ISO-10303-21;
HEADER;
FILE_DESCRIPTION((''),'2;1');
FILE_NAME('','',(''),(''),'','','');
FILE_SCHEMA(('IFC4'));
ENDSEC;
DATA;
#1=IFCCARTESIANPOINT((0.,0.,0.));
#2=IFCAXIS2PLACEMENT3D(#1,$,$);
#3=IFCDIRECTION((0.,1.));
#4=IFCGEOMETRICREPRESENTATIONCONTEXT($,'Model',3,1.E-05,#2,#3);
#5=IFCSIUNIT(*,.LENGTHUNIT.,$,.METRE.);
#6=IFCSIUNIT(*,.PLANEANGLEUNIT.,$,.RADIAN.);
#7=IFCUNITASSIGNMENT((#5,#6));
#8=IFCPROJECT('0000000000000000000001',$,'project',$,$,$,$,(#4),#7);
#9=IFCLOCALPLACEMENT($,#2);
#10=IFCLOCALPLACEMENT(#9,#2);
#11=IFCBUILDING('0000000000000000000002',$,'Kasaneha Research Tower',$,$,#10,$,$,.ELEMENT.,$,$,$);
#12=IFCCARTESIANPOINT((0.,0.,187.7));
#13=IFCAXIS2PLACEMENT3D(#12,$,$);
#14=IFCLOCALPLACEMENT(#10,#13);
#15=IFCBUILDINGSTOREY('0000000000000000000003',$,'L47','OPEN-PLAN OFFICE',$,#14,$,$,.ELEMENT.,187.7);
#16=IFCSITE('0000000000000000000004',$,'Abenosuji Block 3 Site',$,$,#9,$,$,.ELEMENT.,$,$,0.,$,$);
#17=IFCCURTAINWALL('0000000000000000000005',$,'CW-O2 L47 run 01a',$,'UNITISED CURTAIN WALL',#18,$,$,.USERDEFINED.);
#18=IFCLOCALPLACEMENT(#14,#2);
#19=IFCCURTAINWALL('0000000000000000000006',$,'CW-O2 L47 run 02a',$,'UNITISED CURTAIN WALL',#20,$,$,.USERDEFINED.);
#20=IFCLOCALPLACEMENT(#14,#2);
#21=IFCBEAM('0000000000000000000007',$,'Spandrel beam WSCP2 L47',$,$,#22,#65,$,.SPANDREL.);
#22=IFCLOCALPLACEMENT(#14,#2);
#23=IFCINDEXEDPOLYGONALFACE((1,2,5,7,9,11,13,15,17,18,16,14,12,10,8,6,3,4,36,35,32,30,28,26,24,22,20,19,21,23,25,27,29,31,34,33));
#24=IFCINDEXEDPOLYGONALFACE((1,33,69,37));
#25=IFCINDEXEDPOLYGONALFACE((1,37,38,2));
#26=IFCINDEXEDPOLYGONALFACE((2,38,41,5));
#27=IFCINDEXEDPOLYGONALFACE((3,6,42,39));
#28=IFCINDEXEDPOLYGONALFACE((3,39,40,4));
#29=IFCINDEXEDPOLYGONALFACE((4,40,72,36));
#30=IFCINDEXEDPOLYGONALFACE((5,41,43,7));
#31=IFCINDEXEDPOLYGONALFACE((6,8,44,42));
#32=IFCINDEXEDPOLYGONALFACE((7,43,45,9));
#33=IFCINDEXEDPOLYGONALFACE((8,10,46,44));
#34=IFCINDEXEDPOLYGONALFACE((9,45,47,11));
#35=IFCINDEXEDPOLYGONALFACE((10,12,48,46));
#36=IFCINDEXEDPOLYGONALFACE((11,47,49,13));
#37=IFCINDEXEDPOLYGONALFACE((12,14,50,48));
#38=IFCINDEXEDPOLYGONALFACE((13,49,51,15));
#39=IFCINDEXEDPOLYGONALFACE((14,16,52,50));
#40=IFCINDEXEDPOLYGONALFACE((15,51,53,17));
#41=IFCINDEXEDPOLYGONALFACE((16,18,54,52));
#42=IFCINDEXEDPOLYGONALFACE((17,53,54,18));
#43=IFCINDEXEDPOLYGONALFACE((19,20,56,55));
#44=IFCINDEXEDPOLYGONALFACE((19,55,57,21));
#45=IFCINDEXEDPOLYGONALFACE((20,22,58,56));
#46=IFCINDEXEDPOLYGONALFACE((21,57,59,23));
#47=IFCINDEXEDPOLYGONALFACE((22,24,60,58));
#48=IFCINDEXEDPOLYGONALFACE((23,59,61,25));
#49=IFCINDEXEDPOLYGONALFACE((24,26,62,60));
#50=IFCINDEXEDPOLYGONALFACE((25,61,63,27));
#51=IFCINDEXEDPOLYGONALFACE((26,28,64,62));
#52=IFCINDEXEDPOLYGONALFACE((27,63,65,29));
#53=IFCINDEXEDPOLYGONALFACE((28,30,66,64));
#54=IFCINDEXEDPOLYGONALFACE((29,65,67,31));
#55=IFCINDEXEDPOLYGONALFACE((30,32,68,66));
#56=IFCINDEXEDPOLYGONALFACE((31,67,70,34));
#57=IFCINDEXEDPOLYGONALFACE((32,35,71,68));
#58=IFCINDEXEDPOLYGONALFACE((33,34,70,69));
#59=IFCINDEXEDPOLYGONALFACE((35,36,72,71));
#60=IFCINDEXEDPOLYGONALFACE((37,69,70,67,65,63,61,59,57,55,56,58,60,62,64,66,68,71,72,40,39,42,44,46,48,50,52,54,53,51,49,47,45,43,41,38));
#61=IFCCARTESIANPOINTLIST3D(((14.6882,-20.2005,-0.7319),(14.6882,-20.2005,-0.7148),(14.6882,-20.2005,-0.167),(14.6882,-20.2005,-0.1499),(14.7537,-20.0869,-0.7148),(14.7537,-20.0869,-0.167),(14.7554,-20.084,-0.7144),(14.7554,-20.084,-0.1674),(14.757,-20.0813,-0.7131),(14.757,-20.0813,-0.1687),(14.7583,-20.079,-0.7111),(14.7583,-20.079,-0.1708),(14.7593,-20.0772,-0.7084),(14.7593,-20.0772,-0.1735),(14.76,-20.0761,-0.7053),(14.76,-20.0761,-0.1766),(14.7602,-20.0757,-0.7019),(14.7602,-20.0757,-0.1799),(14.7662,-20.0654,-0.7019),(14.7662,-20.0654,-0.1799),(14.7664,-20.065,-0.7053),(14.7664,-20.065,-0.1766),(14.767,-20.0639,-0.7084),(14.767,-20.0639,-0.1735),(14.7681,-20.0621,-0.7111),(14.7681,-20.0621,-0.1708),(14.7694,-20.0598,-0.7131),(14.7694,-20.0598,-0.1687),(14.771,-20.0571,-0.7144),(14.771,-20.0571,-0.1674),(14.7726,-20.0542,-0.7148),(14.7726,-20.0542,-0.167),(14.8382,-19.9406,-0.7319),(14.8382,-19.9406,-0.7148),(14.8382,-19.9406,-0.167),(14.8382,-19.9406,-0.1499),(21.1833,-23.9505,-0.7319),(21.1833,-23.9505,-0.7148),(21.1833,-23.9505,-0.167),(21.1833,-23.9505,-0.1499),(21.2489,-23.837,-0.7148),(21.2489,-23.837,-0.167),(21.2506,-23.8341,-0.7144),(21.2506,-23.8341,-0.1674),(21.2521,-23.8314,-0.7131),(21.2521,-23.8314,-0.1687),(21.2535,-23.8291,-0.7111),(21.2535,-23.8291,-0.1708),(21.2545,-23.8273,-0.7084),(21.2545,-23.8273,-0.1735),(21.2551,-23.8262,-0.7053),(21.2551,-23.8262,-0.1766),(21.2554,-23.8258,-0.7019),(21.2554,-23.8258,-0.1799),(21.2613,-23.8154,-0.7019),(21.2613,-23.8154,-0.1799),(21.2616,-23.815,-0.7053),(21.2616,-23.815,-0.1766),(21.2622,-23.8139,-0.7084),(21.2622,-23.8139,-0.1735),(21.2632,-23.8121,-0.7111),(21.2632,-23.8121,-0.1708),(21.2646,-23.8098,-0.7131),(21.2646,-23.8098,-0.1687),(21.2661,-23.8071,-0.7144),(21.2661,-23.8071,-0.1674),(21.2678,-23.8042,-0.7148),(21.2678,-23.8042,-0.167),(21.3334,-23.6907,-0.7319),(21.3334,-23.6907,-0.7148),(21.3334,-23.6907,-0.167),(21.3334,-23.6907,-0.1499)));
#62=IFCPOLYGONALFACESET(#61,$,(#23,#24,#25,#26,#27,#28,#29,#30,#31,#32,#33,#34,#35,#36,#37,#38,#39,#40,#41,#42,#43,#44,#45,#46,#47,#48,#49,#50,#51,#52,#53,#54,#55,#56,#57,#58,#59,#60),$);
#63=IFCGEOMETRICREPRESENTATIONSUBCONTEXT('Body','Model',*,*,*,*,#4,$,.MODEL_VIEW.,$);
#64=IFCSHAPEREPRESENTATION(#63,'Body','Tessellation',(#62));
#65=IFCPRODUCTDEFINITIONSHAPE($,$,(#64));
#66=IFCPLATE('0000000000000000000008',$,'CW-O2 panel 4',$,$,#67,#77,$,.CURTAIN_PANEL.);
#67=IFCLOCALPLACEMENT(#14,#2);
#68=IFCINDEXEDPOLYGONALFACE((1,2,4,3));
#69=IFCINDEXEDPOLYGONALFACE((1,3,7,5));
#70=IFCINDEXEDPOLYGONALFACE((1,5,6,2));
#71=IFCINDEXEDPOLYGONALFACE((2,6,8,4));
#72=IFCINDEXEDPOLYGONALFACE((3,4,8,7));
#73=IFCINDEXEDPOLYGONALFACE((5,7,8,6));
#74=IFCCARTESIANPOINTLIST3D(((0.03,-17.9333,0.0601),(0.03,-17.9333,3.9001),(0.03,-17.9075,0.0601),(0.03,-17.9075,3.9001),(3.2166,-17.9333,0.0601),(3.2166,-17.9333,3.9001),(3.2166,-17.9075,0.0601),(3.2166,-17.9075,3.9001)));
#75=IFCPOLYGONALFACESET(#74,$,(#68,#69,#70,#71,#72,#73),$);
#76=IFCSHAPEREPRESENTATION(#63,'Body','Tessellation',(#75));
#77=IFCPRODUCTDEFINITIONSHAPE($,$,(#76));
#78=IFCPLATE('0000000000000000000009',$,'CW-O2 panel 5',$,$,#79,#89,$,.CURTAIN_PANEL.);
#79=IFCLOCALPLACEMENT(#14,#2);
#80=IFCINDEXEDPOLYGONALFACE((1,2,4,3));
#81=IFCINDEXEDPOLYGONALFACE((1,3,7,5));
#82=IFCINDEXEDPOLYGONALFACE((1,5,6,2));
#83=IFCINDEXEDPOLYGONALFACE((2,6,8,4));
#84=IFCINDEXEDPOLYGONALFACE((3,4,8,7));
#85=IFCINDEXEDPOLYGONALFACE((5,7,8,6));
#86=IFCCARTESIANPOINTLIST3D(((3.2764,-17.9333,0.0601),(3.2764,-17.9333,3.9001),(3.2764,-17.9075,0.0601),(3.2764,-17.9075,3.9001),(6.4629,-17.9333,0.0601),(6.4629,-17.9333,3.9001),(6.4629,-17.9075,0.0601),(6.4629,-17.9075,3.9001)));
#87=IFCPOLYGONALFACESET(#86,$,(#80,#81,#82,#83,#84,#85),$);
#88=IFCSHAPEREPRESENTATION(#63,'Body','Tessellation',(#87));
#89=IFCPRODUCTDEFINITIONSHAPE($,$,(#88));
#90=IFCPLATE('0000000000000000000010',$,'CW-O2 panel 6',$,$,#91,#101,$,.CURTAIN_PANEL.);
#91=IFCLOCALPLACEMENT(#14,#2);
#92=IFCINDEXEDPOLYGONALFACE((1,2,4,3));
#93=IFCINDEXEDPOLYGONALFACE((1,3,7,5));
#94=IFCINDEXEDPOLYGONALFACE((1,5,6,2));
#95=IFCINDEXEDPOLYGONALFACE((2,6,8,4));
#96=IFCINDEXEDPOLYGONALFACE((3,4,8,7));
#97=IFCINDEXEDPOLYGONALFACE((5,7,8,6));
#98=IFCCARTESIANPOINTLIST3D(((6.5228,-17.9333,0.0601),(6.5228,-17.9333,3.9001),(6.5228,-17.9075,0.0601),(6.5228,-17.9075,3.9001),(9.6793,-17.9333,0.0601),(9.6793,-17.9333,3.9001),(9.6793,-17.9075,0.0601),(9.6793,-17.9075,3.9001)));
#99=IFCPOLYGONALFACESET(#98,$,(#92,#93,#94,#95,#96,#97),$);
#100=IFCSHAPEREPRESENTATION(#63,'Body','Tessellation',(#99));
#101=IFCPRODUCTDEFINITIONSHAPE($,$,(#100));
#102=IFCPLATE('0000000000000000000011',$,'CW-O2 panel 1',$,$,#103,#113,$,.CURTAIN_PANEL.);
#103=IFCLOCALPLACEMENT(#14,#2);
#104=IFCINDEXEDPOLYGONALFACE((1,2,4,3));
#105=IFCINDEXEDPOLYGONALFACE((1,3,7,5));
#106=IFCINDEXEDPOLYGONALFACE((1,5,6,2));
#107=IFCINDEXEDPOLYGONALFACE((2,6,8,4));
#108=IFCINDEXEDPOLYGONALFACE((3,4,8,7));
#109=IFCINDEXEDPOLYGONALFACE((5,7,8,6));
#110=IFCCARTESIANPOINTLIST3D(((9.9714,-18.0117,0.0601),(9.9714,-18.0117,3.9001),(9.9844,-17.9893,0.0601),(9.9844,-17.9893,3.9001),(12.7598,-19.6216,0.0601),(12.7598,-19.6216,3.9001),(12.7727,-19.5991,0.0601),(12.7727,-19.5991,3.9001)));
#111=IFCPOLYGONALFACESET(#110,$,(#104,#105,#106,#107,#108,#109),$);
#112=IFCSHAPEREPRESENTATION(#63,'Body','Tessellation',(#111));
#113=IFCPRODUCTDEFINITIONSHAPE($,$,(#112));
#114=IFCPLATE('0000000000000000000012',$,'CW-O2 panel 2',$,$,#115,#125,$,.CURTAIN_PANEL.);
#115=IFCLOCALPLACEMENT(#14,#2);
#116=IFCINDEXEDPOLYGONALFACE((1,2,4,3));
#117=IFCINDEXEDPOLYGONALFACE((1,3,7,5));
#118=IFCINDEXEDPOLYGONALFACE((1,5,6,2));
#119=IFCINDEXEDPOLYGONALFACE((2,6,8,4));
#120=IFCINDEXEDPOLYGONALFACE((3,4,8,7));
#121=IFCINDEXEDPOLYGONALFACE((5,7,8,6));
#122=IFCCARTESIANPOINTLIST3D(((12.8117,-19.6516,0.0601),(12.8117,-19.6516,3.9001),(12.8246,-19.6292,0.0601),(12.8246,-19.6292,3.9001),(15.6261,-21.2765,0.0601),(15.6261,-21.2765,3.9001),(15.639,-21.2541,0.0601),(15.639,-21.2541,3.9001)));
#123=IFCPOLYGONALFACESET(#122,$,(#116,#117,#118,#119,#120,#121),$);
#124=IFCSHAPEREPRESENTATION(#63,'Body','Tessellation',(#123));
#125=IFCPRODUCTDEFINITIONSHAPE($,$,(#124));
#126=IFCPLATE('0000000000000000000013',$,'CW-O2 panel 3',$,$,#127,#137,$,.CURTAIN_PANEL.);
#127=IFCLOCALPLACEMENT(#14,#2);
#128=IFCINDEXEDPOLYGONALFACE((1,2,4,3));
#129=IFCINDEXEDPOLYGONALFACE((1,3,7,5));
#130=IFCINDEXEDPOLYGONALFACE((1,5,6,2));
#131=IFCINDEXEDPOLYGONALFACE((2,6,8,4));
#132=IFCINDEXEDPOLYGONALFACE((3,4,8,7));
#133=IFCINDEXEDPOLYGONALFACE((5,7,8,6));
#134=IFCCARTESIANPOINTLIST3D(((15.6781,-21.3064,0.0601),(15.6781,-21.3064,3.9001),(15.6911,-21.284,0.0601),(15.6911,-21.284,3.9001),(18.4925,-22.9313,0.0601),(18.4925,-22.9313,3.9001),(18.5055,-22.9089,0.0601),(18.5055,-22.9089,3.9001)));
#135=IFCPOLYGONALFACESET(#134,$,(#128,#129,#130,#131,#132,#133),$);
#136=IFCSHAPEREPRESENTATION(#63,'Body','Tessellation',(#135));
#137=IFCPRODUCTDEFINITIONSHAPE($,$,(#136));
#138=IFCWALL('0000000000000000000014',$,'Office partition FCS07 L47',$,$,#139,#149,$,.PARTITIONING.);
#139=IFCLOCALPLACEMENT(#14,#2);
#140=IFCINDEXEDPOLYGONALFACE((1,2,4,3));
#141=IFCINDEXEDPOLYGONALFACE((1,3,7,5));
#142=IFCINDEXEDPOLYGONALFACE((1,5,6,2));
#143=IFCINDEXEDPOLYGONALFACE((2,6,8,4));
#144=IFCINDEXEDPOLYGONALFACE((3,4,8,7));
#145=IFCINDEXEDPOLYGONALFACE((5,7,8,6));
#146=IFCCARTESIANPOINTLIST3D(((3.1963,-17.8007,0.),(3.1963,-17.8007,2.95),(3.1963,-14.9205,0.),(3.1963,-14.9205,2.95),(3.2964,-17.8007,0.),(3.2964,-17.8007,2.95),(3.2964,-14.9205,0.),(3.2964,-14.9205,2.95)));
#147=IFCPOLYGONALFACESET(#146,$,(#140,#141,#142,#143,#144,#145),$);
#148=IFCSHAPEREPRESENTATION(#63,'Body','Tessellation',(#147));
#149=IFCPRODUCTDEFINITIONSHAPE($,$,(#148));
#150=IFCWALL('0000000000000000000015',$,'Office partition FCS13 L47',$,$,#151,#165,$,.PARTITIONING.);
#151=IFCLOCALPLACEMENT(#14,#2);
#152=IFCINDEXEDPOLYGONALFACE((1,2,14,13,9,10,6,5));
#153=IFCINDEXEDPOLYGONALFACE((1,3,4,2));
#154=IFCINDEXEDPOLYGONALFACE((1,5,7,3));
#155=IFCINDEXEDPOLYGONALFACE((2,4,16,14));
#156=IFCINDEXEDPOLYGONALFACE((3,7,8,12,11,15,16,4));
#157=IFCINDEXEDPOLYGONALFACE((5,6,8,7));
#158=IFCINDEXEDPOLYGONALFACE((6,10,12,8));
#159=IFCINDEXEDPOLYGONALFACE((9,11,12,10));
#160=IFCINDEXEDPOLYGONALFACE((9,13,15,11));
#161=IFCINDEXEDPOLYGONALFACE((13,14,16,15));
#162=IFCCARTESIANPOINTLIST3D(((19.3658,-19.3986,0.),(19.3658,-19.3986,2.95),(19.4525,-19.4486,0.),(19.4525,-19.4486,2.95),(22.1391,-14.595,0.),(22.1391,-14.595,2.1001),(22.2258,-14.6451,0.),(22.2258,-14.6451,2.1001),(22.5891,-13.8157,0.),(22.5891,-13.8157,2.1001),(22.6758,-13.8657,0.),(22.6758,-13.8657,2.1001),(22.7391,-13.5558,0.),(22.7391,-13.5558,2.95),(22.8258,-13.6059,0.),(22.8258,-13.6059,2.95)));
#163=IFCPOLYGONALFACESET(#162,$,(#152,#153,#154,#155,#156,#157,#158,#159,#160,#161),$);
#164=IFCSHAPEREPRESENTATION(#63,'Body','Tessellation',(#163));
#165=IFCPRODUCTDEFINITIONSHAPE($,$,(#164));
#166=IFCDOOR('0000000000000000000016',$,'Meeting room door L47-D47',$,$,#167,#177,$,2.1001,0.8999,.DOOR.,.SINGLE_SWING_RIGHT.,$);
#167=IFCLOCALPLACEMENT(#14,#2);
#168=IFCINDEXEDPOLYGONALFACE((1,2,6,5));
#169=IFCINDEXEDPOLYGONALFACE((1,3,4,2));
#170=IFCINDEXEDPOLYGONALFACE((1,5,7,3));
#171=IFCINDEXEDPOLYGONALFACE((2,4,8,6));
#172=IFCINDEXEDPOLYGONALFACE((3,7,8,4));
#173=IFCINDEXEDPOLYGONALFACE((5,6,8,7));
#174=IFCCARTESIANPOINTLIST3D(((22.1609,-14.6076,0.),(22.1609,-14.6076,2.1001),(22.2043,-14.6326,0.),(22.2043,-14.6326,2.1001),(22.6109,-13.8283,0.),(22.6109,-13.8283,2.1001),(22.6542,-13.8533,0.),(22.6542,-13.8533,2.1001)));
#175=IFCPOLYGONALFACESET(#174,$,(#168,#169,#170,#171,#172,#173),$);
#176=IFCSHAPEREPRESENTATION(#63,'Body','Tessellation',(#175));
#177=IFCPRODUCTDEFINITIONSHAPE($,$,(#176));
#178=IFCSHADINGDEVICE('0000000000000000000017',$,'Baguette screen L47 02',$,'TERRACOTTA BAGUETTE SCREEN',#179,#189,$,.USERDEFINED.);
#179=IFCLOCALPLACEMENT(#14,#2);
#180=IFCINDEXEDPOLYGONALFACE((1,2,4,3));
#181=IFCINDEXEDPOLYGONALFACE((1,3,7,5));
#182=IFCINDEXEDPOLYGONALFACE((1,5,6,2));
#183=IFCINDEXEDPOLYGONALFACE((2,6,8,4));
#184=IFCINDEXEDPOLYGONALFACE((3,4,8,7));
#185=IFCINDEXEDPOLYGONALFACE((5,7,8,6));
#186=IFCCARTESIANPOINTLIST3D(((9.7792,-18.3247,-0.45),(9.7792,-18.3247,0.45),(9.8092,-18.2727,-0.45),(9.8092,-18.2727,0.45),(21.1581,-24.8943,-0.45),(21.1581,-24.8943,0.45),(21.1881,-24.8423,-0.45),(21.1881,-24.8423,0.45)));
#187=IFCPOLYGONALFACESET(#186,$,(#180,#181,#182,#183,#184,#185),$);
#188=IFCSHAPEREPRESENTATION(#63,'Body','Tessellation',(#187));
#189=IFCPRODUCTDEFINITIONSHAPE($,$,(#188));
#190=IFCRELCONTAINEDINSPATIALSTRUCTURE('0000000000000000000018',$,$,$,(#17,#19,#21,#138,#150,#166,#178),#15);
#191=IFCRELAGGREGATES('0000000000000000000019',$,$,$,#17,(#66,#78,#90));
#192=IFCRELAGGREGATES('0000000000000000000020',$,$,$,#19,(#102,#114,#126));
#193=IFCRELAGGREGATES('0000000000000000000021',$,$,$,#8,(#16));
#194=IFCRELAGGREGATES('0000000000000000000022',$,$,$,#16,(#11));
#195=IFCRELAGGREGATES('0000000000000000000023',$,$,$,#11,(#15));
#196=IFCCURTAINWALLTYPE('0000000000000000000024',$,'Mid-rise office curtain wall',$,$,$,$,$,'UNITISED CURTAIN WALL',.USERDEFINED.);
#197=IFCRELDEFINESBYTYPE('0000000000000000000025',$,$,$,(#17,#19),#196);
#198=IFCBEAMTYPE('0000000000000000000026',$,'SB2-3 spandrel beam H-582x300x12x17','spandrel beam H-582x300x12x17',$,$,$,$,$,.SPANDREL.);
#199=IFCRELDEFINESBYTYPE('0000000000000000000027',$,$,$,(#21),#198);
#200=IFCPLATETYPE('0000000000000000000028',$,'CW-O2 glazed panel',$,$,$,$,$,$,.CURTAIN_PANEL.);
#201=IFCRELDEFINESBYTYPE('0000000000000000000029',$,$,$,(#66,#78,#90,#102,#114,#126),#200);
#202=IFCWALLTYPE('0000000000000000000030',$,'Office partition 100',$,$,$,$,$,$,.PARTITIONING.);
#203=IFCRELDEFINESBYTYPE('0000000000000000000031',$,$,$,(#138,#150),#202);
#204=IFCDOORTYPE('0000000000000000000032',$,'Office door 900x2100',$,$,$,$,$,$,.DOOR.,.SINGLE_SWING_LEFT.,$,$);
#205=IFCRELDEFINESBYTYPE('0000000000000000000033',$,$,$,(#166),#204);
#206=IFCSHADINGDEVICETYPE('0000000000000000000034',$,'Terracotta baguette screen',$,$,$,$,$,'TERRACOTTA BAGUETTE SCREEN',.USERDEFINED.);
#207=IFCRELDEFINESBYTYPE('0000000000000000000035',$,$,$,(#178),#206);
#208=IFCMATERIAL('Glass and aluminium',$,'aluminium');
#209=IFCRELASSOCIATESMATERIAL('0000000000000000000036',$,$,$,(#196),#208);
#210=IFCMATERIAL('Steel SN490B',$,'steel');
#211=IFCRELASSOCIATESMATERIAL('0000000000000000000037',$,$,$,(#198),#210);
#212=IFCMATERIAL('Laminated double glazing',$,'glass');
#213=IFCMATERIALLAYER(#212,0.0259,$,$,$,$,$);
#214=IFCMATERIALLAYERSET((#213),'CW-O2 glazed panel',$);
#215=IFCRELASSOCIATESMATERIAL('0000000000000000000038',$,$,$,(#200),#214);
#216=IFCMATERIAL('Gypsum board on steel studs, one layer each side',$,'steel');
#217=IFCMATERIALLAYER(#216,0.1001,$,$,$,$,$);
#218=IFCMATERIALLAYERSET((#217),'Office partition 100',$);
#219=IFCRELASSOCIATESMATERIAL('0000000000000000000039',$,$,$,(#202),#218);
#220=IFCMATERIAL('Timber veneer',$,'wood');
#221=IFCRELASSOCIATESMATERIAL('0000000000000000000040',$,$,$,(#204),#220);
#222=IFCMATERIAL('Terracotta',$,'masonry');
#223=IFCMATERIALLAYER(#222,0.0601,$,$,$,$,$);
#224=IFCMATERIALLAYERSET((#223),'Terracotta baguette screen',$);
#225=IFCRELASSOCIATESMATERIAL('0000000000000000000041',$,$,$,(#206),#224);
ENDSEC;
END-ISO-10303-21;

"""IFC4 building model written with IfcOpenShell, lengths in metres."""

from ifc_helpers import new_model, si_unit, direction, frame, frame_2d, origin, origin_2d, place, context, subcontext, project, spatial, rectangle, i_section, extrude, material, layer, layer_set, material_profile, profile_set, type_object, element, fill, aggregate, save


model = new_model("IFC4")

# Units and contexts
model_context = context("Model", 3, precision=1e-05, world=origin(), true_north=direction((0.0, 1.0)))
body_context = subcontext(model_context, "Body", "Model", "MODEL_VIEW")
ifc_project = project(units=[si_unit("LENGTHUNIT", "METRE"), si_unit("PLANEANGLEUNIT", "RADIAN")], contexts=[model_context])

# Site, building, storey
site_placement = place(None, origin())
site = spatial("IfcSite", under=ifc_project, at=site_placement, Name="Abenosuji Block 3 Site", CompositionType="ELEMENT", RefElevation=0.0)
building_placement = place(site_placement, origin())
building = spatial("IfcBuilding", under=site, at=building_placement, Name="Kasaneha Research Tower", CompositionType="ELEMENT")
storey_placement = place(building_placement, frame((0.0, 0.0, 187.7)))
storey = spatial("IfcBuildingStorey", under=building, at=storey_placement, Name="L47", Description="OPEN-PLAN OFFICE", CompositionType="ELEMENT", Elevation=187.7)

# Curtain walls
ifc_material_1 = material(Name="Glass and aluminium", Category="aluminium")
curtain_wall_type = type_object("IfcCurtainWallType", Name="Mid-rise office curtain wall", ElementType="UNITISED CURTAIN WALL", PredefinedType="USERDEFINED", material=ifc_material_1)
curtain_wall_1_placement = place(storey_placement, origin())
curtain_wall_1 = element("IfcCurtainWall", 1, at=curtain_wall_1_placement, inside=storey, type_object=curtain_wall_type, Name="CW-O2 L47 run 01a", ObjectType="UNITISED CURTAIN WALL", PredefinedType="USERDEFINED")
curtain_wall_2_placement = place(storey_placement, origin())
curtain_wall_2 = element("IfcCurtainWall", 2, at=curtain_wall_2_placement, inside=storey, type_object=curtain_wall_type, Name="CW-O2 L47 run 02a", ObjectType="UNITISED CURTAIN WALL", PredefinedType="USERDEFINED")

# Beam
ifc_material_2 = material(Name="Steel SN490B", Category="steel")
ifc_material_profile_1 = material_profile(ifc_material_2, i_section(OverallWidth=0.3, OverallDepth=0.582, WebThickness=0.012, FlangeThickness=0.0171, FilletRadius=0.0129, at=origin_2d()), Name="H-582x300x12x17")
ifc_profile_set_1 = profile_set([ifc_material_profile_1], Name="Steel SN490B")
beam_type_1 = type_object("IfcBeamType", Name="SB2-3 spandrel beam H-582x300x12x17", Description="spandrel beam H-582x300x12x17", PredefinedType="SPANDREL", material=ifc_profile_set_1)
beam_1_placement = place(storey_placement, frame((14.7632, -20.0706, -0.4409), z_axis=(0.866023, -0.500004, 0.0), x_axis=(0.500004, 0.866023, 0.0)))
element("IfcBeam", 3, at=beam_1_placement, inside=storey, type_object=beam_type_1, Name="Spandrel beam WSCP2 L47", PredefinedType="SPANDREL", context=body_context, shape_type="SweptSolid", body=[
    extrude(i_section(OverallWidth=0.3, OverallDepth=0.582, WebThickness=0.012, FlangeThickness=0.0171, FilletRadius=0.0129, at=origin_2d()), origin(), (0.0, 0.0, 1.0), 7.5),
])

# Plates
ifc_material_3 = material(Name="Laminated double glazing", Category="glass")
ifc_layer_1 = layer(ifc_material_3, 0.0259)
ifc_layer_set_1 = layer_set([ifc_layer_1], Name="CW-O2 glazed panel")
plate_type = type_object("IfcPlateType", Name="CW-O2 glazed panel", PredefinedType="CURTAIN_PANEL", material=ifc_layer_set_1)
plate_1_placement = place(storey_placement, frame((1.6233, -17.9204, 0.0601), z_axis=(0.0, 0.0, 1.0), x_axis=(1.0, 0.0, 0.0)))
plate_1 = element("IfcPlate", 4, at=plate_1_placement, type_object=plate_type, Name="CW-O2 panel 4", PredefinedType="CURTAIN_PANEL", context=body_context, shape_type="SweptSolid", body=[
    extrude(rectangle(XDim=3.1865, YDim=0.0259, at=origin_2d()), origin(), (0.0, 0.0, 1.0), 3.8401),
])
plate_2_placement = place(storey_placement, frame((4.8696, -17.9204, 0.0601), z_axis=(0.0, 0.0, 1.0), x_axis=(1.0, 0.0, 0.0)))
plate_2 = element("IfcPlate", 5, at=plate_2_placement, type_object=plate_type, Name="CW-O2 panel 5", PredefinedType="CURTAIN_PANEL", context=body_context, shape_type="SweptSolid", body=[
    extrude(rectangle(XDim=3.1865, YDim=0.0259, at=origin_2d()), origin(), (0.0, 0.0, 1.0), 3.8401),
])
plate_3_placement = place(storey_placement, frame((8.1011, -17.9204, 0.0601), z_axis=(0.0, 0.0, 1.0), x_axis=(1.0, 0.0, 0.0)))
plate_3 = element("IfcPlate", 6, at=plate_3_placement, type_object=plate_type, Name="CW-O2 panel 6", PredefinedType="CURTAIN_PANEL", context=body_context, shape_type="SweptSolid", body=[
    extrude(rectangle(XDim=3.1565, YDim=0.0259, at=origin_2d()), origin(), (0.0, 0.0, 1.0), 3.8401),
])
aggregate(curtain_wall_1, [plate_1, plate_2, plate_3])
plate_4_placement = place(storey_placement, frame((11.3721, -18.8054, 0.0601), z_axis=(0.0, 0.0, 1.0), x_axis=(0.866025, -0.5, 0.0)))
plate_4 = element("IfcPlate", 7, at=plate_4_placement, type_object=plate_type, Name="CW-O2 panel 1", PredefinedType="CURTAIN_PANEL", context=body_context, shape_type="SweptSolid", body=[
    extrude(rectangle(XDim=3.2197, YDim=0.0259, at=origin_2d()), origin(), (0.0, 0.0, 1.0), 3.8401),
])
plate_5_placement = place(storey_placement, frame((14.2253, -20.4529, 0.0601), z_axis=(0.0, 0.0, 1.0), x_axis=(0.866025, -0.5, 0.0)))
plate_5 = element("IfcPlate", 8, at=plate_5_placement, type_object=plate_type, Name="CW-O2 panel 2", PredefinedType="CURTAIN_PANEL", context=body_context, shape_type="SweptSolid", body=[
    extrude(rectangle(XDim=3.2498, YDim=0.0259, at=origin_2d()), origin(), (0.0, 0.0, 1.0), 3.8401),
])
plate_6_placement = place(storey_placement, frame((17.0918, -22.1077, 0.0601), z_axis=(0.0, 0.0, 1.0), x_axis=(0.866025, -0.5, 0.0)))
plate_6 = element("IfcPlate", 9, at=plate_6_placement, type_object=plate_type, Name="CW-O2 panel 3", PredefinedType="CURTAIN_PANEL", context=body_context, shape_type="SweptSolid", body=[
    extrude(rectangle(XDim=3.2498, YDim=0.0259, at=origin_2d()), origin(), (0.0, 0.0, 1.0), 3.8401),
])
aggregate(curtain_wall_2, [plate_4, plate_5, plate_6])

# Wall
ifc_material_4 = material(Name="Gypsum board on steel studs, one layer each side", Category="steel")
ifc_layer_2 = layer(ifc_material_4, 0.1001)
ifc_layer_set_2 = layer_set([ifc_layer_2], Name="Office partition 100")
wall_type = type_object("IfcWallType", Name="Office partition 100", PredefinedType="PARTITIONING", material=ifc_layer_set_2)
wall_1_placement = place(storey_placement, frame((3.2463, -17.8005, 0.0), z_axis=(0.0, 0.0, 1.0), x_axis=(0.0, 1.0, 0.0)))
element("IfcWall", 10, at=wall_1_placement, inside=storey, type_object=wall_type, Name="Office partition FCS07 L47", PredefinedType="PARTITIONING", context=body_context, shape_type="SweptSolid", body=[
    extrude(rectangle(XDim=2.8801, YDim=0.1001, at=frame_2d((1.4399, 0.0))), origin(), (0.0, 0.0, 1.0), 2.95),
])

# Wall, opening, door
wall_2_placement = place(storey_placement, frame((19.4092, -19.4236, 0.0), z_axis=(0.0, 0.0, 1.0), x_axis=(0.499996, 0.866028, 0.0)))
wall_2 = element("IfcWall", 11, at=wall_2_placement, inside=storey, type_object=wall_type, Name="Office partition FCS13 L47", PredefinedType="PARTITIONING", context=body_context, shape_type="SweptSolid", body=[
    extrude(rectangle(XDim=6.7466, YDim=0.1001, at=frame_2d((3.3733, 0.0))), origin(), (0.0, 0.0, 1.0), 2.95),
])
opening_placement = place(wall_2_placement, frame((5.5466, 0.0, 0.0)))
opening = element("IfcOpeningElement", 12, at=opening_placement, cuts=wall_2, PredefinedType="OPENING", context=body_context, shape_type="SweptSolid", body=[
    extrude(rectangle(XDim=0.8999, YDim=2.1001, at=frame_2d((0.45, 1.05))), frame((0.0, 0.0601, 0.0), z_axis=(0.0, -1.0, 0.0), x_axis=(1.0, 0.0, 0.0)), (0.0, 0.0, 1.0), 0.1201),
])
ifc_material_5 = material(Name="Timber veneer", Category="wood")
door_type = type_object("IfcDoorType", Name="Office door 900x2100", OperationType="SINGLE_SWING_LEFT", PredefinedType="DOOR", material=ifc_material_5)
door_placement = place(opening_placement, origin())
door = element("IfcDoor", 13, at=door_placement, inside=storey, type_object=door_type, Name="Meeting room door L47-D47", OperationType="SINGLE_SWING_RIGHT", OverallHeight=2.1001, OverallWidth=0.8999, PredefinedType="DOOR", context=body_context, shape_type="SweptSolid", body=[
    extrude(rectangle(XDim=0.8999, YDim=2.1001, at=frame_2d((0.45, 1.05))), frame((0.0, 0.0249, 0.0), z_axis=(0.0, -1.0, 0.0), x_axis=(1.0, 0.0, 0.0)), (0.0, 0.0, 1.0), 0.05),
])
fill(opening, door)

# Shading device
ifc_material_6 = material(Name="Terracotta", Category="masonry")
ifc_layer_3 = layer(ifc_material_6, 0.0601)
ifc_layer_set_3 = layer_set([ifc_layer_3], Name="Terracotta baguette screen")
shading_device_type = type_object("IfcShadingDeviceType", Name="Terracotta baguette screen", ElementType="TERRACOTTA BAGUETTE SCREEN", PredefinedType="USERDEFINED", material=ifc_layer_set_3)
shading_device_placement = place(storey_placement, frame((15.4836, -21.5835, -0.45), z_axis=(0.0, 0.0, 1.0), x_axis=(0.866025, -0.5, 0.0)))
element("IfcShadingDevice", 14, at=shading_device_placement, inside=storey, type_object=shading_device_type, Name="Baguette screen L47 02", ObjectType="TERRACOTTA BAGUETTE SCREEN", PredefinedType="USERDEFINED", context=body_context, shape_type="SweptSolid", body=[
    extrude(rectangle(XDim=13.1392, YDim=0.0601, at=origin_2d()), origin(), (0.0, 0.0, 1.0), 0.8999),
])

save(model, "model.ifc")
